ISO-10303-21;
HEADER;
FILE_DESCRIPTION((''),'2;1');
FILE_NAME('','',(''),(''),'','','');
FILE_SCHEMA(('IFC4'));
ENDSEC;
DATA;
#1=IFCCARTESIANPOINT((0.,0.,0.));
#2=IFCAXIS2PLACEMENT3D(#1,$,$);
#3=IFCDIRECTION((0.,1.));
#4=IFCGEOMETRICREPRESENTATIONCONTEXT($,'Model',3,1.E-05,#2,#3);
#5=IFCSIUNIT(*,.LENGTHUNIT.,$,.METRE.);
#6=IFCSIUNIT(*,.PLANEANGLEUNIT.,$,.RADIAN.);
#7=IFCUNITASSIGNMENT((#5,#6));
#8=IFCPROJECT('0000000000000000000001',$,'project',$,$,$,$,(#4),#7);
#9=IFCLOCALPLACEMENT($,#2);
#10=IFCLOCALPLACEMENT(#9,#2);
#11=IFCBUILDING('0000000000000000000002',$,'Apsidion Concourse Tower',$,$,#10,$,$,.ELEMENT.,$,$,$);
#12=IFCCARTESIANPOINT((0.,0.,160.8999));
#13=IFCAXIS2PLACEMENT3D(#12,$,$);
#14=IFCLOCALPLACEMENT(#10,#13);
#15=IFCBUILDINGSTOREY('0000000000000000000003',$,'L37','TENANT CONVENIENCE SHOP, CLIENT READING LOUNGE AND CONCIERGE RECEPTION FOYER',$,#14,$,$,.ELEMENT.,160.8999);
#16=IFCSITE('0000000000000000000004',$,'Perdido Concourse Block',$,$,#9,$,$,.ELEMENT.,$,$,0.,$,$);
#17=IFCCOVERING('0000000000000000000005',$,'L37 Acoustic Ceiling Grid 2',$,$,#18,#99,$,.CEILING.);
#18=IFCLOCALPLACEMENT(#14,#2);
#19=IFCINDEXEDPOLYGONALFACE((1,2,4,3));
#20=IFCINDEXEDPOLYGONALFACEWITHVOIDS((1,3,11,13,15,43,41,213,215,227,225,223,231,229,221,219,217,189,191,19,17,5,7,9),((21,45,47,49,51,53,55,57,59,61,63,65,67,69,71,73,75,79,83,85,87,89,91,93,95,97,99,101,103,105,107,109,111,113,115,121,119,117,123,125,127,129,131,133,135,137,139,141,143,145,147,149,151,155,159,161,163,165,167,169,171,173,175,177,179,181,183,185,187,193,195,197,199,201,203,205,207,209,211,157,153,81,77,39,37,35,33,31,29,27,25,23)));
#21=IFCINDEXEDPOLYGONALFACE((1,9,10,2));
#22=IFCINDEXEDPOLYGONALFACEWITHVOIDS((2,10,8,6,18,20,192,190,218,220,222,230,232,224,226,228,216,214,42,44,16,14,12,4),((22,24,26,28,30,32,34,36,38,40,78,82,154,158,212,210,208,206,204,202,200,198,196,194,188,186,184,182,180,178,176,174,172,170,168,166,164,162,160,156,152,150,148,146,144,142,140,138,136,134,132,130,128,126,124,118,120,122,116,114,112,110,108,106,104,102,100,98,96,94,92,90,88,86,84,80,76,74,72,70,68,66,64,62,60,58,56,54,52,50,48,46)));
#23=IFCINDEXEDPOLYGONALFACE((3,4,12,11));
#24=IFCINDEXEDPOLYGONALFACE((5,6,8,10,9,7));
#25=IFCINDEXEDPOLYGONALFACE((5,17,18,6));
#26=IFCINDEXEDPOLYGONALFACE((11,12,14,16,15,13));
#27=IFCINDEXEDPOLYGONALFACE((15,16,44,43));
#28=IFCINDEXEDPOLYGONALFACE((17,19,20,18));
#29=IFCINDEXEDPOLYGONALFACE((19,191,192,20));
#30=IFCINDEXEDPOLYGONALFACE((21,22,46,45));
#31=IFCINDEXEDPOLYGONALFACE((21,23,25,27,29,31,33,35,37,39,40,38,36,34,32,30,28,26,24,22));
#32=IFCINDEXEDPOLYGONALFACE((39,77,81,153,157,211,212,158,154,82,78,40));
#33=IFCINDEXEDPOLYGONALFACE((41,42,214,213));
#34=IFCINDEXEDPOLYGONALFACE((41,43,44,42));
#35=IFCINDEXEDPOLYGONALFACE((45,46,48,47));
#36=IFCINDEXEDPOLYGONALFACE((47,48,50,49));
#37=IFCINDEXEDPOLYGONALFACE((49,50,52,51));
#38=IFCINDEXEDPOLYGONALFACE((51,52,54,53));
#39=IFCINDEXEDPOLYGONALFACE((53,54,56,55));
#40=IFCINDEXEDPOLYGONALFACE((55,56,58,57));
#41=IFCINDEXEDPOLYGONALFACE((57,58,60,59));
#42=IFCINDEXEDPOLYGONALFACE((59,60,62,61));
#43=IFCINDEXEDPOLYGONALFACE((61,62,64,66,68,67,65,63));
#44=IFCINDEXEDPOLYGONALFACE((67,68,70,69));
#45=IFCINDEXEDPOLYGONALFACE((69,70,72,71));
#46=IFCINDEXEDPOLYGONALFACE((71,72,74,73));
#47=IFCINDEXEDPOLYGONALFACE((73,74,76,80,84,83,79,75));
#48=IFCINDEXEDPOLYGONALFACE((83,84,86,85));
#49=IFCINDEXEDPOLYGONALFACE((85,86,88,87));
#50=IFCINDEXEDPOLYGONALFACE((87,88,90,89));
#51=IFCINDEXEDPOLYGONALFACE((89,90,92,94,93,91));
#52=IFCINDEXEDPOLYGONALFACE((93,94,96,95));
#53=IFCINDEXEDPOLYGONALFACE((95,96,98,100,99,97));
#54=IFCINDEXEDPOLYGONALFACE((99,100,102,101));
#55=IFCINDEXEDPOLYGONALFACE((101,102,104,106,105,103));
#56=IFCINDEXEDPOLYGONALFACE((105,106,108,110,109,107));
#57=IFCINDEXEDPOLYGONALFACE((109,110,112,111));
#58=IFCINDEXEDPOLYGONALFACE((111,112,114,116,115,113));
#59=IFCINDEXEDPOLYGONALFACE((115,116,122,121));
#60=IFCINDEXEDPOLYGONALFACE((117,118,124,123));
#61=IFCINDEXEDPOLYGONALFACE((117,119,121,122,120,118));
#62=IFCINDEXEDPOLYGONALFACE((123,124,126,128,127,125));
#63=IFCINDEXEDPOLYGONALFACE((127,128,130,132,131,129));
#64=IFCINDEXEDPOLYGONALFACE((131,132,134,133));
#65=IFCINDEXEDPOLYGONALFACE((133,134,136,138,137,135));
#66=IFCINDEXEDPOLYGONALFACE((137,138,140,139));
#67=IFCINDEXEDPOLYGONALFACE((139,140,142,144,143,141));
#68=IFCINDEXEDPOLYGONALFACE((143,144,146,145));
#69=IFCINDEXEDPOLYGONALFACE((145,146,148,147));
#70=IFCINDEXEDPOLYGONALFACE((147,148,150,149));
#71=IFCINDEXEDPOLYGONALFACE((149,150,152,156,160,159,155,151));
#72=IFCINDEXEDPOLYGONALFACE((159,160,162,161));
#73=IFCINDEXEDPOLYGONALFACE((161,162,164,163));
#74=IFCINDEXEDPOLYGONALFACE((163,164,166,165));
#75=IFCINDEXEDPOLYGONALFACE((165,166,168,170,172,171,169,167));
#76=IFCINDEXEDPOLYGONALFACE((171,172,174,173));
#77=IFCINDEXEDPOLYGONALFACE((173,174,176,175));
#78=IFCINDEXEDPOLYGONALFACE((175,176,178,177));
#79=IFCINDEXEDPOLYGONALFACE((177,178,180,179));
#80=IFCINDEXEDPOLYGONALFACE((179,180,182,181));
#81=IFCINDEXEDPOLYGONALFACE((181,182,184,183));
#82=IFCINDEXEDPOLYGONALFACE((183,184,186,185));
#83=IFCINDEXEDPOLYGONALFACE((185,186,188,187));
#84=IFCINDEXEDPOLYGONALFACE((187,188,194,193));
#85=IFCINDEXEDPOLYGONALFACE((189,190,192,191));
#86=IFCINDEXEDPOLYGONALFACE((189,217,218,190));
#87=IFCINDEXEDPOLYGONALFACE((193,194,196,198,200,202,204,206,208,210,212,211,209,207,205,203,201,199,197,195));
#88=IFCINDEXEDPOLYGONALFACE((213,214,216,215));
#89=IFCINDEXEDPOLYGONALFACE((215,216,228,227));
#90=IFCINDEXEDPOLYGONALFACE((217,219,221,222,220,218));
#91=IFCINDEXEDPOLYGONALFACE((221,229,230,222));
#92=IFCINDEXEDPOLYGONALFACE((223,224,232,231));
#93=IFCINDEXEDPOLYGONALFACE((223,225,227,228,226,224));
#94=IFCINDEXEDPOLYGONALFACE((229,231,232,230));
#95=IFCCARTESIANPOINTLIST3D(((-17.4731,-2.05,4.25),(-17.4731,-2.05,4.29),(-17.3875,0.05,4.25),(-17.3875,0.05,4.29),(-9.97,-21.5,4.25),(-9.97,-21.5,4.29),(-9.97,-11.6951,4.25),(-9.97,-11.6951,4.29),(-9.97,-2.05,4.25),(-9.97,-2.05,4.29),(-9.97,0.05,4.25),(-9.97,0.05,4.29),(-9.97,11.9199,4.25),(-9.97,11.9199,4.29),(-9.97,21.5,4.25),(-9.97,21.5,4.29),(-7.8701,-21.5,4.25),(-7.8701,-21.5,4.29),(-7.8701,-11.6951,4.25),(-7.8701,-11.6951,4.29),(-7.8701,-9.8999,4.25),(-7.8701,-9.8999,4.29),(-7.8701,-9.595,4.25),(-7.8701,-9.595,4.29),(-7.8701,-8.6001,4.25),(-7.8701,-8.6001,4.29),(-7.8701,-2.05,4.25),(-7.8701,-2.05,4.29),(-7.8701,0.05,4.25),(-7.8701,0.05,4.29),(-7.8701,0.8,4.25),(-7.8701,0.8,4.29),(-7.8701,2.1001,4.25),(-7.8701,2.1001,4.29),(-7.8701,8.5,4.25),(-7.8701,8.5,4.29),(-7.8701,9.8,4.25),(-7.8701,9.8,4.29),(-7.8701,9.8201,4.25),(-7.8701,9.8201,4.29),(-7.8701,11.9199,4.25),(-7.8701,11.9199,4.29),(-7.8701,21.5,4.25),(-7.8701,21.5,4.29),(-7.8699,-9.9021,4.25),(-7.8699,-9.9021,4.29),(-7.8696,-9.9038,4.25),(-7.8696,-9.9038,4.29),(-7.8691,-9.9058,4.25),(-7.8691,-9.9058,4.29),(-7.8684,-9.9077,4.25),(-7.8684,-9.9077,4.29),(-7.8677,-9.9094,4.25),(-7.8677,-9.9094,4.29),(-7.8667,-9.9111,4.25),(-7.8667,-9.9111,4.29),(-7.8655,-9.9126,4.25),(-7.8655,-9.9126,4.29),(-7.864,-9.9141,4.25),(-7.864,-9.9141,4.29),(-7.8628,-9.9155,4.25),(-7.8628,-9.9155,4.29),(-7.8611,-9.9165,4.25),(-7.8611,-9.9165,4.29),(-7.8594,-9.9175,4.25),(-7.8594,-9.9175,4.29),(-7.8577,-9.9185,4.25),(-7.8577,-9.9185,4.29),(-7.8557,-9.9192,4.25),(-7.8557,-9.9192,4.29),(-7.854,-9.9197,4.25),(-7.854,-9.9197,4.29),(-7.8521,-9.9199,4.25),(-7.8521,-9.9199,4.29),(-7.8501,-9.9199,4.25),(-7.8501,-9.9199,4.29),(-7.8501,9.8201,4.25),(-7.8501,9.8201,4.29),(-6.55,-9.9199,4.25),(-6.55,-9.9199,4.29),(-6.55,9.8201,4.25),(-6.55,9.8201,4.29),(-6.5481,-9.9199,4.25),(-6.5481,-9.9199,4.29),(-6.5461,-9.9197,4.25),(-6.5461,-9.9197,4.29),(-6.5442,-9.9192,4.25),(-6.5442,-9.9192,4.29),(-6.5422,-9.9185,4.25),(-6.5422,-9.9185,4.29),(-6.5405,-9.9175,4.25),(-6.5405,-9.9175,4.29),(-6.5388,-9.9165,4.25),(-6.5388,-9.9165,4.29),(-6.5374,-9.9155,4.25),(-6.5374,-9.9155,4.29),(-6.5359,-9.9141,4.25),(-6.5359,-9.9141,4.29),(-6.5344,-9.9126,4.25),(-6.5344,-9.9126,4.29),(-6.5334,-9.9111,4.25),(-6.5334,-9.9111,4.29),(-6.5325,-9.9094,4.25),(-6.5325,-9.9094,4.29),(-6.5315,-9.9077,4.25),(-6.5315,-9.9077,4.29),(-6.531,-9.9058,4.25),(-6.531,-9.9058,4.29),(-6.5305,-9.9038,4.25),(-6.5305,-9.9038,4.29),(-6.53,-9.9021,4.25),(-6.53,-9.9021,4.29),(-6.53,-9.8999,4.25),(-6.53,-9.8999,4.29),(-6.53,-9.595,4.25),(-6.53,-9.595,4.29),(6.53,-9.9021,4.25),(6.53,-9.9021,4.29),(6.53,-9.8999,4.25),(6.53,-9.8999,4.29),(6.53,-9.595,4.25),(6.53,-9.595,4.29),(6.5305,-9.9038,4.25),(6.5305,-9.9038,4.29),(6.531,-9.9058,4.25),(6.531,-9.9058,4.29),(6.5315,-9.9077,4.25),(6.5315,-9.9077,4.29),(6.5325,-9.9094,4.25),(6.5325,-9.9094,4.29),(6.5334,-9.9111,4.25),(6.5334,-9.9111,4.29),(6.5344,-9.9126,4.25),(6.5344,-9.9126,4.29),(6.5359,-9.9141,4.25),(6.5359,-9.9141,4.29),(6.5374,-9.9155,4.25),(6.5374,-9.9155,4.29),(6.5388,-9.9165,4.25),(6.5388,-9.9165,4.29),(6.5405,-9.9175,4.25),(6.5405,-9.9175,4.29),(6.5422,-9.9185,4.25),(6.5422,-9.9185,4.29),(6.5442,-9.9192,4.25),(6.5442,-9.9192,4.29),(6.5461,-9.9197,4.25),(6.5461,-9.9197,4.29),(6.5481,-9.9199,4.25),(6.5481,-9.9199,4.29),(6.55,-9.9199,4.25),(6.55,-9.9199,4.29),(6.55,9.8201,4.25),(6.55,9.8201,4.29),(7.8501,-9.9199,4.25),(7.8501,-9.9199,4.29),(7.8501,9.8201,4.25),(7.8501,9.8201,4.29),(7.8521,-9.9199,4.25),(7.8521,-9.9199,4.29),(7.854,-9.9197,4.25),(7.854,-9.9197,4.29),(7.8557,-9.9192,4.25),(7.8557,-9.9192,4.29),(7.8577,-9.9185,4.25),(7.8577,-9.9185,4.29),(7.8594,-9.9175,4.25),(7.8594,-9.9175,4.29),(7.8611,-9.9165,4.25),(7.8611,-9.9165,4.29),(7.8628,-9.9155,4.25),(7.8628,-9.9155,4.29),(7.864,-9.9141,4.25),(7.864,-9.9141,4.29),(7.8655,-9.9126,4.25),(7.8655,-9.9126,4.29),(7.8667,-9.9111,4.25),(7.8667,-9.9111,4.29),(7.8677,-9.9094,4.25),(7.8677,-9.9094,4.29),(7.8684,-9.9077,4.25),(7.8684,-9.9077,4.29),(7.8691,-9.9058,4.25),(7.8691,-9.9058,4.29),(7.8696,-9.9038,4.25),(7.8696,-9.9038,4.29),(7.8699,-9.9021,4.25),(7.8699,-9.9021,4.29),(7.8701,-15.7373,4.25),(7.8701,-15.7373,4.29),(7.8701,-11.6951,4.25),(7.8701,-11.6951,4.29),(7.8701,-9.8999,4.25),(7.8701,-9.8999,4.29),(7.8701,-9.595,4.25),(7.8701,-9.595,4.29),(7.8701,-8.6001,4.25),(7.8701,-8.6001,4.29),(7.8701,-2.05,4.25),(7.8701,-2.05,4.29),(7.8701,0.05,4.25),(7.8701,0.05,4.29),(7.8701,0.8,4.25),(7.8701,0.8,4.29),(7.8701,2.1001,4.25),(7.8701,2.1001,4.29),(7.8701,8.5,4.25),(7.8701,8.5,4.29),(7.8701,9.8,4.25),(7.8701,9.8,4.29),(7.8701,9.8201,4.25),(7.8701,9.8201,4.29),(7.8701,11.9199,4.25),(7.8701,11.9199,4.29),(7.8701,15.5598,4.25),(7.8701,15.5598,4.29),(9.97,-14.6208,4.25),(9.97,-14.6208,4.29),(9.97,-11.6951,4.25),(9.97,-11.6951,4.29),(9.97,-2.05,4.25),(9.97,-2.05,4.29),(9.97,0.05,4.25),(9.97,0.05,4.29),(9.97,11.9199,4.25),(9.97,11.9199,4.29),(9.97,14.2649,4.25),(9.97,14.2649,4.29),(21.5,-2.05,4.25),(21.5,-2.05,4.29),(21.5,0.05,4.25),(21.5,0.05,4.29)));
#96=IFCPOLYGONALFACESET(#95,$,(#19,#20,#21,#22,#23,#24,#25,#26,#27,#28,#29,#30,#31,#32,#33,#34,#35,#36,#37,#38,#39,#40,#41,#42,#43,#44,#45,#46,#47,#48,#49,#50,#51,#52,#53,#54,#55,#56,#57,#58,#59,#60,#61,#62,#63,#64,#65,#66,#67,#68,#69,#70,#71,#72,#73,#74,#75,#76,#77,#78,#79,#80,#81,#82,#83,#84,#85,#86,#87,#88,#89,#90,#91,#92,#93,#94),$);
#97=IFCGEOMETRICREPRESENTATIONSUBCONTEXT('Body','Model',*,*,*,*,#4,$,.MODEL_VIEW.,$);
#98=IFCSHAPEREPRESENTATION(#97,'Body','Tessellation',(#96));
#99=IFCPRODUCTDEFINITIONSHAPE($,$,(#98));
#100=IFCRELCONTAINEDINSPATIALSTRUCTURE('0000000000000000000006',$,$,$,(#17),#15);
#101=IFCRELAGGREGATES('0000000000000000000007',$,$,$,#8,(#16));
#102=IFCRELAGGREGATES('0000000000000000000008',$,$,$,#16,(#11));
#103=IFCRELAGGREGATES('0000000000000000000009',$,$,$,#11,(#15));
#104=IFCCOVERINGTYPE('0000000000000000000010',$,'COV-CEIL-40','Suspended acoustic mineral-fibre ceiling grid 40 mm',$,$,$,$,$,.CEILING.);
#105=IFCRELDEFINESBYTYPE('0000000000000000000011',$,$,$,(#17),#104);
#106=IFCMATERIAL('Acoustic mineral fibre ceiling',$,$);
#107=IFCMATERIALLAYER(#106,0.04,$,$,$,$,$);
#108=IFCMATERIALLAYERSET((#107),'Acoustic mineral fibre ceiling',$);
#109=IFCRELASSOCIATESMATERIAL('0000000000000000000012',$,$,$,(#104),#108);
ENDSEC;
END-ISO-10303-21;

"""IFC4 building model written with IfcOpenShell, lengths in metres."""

from ifc_helpers import new_model, si_unit, direction, frame, origin, place, context, subcontext, project, spatial, polyline, outline, extrude, material, layer, layer_set, type_object, element, save


model = new_model("IFC4")

# Units and contexts
model_context = context("Model", 3, precision=1e-05, world=origin(), true_north=direction((0.0, 1.0)))
body_context = subcontext(model_context, "Body", "Model", "MODEL_VIEW")
ifc_project = project(units=[si_unit("LENGTHUNIT", "METRE"), si_unit("PLANEANGLEUNIT", "RADIAN")], contexts=[model_context])

# Site, building, storey
site_placement = place(None, origin())
site = spatial("IfcSite", under=ifc_project, at=site_placement, Name="Perdido Concourse Block", CompositionType="ELEMENT", RefElevation=0.0)
building_placement = place(site_placement, origin())
building = spatial("IfcBuilding", under=site, at=building_placement, Name="Apsidion Concourse Tower", CompositionType="ELEMENT")
storey_placement = place(building_placement, frame((0.0, 0.0, 160.8999)))
storey = spatial("IfcBuildingStorey", under=building, at=storey_placement, Name="L37", Description="TENANT CONVENIENCE SHOP, CLIENT READING LOUNGE AND CONCIERGE RECEPTION FOYER", CompositionType="ELEMENT", Elevation=160.8999)

# Covering
ifc_material_1 = material(Name="Acoustic mineral fibre ceiling")
ifc_layer_1 = layer(ifc_material_1, 0.04)
ifc_layer_set_1 = layer_set([ifc_layer_1], Name="Acoustic mineral fibre ceiling")
covering_type_1 = type_object("IfcCoveringType", Name="COV-CEIL-40", Description="Suspended acoustic mineral-fibre ceiling grid 40 mm", PredefinedType="CEILING", material=ifc_layer_set_1)
covering_1_placement = place(storey_placement, frame((0.0, 0.0, 4.25)))
element("IfcCovering", 1, at=covering_1_placement, inside=storey, type_object=covering_type_1, Name="L37 Acoustic Ceiling Grid 2", PredefinedType="CEILING", context=body_context, shape_type="SweptSolid", body=[
    extrude(outline(polyline([(9.97, -14.6208), (7.8701, -15.7373), (7.8701, -11.6951), (-7.8701, -11.6951), (-7.8701, -21.5), (-9.97, -21.5), (-9.97, -11.6951), (-9.97, -2.05), (-17.4731, -2.05), (-17.3875, 0.05), (-9.97, 0.05), (-9.97, 11.9199), (-9.97, 21.5), (-7.8701, 21.5), (-7.8701, 11.9199), (7.8701, 11.9199), (7.8701, 15.5598), (9.97, 14.2649), (9.97, 11.9199), (9.97, 0.05), (21.5, 0.05), (21.5, -2.05), (9.97, -2.05), (9.97, -11.6951), (9.97, -14.6208)]), holes=[polyline([(7.8701, -8.6001), (7.8701, -2.05), (7.8701, 0.05), (7.8701, 0.8), (7.8701, 2.1001), (7.8701, 8.5), (7.8701, 9.8), (7.8701, 9.8201), (7.8501, 9.8201), (6.55, 9.8201), (-6.55, 9.8201), (-7.8501, 9.8201), (-7.8701, 9.8201), (-7.8701, 9.8), (-7.8701, 8.5), (-7.8701, 2.1001), (-7.8701, 0.8), (-7.8701, 0.05), (-7.8701, -2.05), (-7.8701, -8.6001), (-7.8701, -9.595), (-7.8701, -9.8999), (-7.8699, -9.9021), (-7.8696, -9.9038), (-7.8691, -9.9058), (-7.8684, -9.9077), (-7.8677, -9.9094), (-7.8667, -9.9111), (-7.8655, -9.9126), (-7.864, -9.9141), (-7.8628, -9.9155), (-7.8611, -9.9165), (-7.8594, -9.9175), (-7.8577, -9.9185), (-7.8557, -9.9192), (-7.854, -9.9197), (-7.8521, -9.9199), (-7.8501, -9.9199), (-6.55, -9.9199), (-6.5481, -9.9199), (-6.5461, -9.9197), (-6.5442, -9.9192), (-6.5422, -9.9185), (-6.5405, -9.9175), (-6.5388, -9.9165), (-6.5374, -9.9155), (-6.5359, -9.9141), (-6.5344, -9.9126), (-6.5334, -9.9111), (-6.5325, -9.9094), (-6.5315, -9.9077), (-6.531, -9.9058), (-6.5305, -9.9038), (-6.53, -9.9021), (-6.53, -9.8999), (-6.53, -9.595), (6.53, -9.595), (6.53, -9.8999), (6.53, -9.9021), (6.5305, -9.9038), (6.531, -9.9058), (6.5315, -9.9077), (6.5325, -9.9094), (6.5334, -9.9111), (6.5344, -9.9126), (6.5359, -9.9141), (6.5374, -9.9155), (6.5388, -9.9165), (6.5405, -9.9175), (6.5422, -9.9185), (6.5442, -9.9192), (6.5461, -9.9197), (6.5481, -9.9199), (6.55, -9.9199), (7.8501, -9.9199), (7.8521, -9.9199), (7.854, -9.9197), (7.8557, -9.9192), (7.8577, -9.9185), (7.8594, -9.9175), (7.8611, -9.9165), (7.8628, -9.9155), (7.864, -9.9141), (7.8655, -9.9126), (7.8667, -9.9111), (7.8677, -9.9094), (7.8684, -9.9077), (7.8691, -9.9058), (7.8696, -9.9038), (7.8699, -9.9021), (7.8701, -9.8999), (7.8701, -9.595), (7.8701, -8.6001)])]), origin(), (0.0, 0.0, 1.0), 0.04),
])

save(model, "model.ifc")
